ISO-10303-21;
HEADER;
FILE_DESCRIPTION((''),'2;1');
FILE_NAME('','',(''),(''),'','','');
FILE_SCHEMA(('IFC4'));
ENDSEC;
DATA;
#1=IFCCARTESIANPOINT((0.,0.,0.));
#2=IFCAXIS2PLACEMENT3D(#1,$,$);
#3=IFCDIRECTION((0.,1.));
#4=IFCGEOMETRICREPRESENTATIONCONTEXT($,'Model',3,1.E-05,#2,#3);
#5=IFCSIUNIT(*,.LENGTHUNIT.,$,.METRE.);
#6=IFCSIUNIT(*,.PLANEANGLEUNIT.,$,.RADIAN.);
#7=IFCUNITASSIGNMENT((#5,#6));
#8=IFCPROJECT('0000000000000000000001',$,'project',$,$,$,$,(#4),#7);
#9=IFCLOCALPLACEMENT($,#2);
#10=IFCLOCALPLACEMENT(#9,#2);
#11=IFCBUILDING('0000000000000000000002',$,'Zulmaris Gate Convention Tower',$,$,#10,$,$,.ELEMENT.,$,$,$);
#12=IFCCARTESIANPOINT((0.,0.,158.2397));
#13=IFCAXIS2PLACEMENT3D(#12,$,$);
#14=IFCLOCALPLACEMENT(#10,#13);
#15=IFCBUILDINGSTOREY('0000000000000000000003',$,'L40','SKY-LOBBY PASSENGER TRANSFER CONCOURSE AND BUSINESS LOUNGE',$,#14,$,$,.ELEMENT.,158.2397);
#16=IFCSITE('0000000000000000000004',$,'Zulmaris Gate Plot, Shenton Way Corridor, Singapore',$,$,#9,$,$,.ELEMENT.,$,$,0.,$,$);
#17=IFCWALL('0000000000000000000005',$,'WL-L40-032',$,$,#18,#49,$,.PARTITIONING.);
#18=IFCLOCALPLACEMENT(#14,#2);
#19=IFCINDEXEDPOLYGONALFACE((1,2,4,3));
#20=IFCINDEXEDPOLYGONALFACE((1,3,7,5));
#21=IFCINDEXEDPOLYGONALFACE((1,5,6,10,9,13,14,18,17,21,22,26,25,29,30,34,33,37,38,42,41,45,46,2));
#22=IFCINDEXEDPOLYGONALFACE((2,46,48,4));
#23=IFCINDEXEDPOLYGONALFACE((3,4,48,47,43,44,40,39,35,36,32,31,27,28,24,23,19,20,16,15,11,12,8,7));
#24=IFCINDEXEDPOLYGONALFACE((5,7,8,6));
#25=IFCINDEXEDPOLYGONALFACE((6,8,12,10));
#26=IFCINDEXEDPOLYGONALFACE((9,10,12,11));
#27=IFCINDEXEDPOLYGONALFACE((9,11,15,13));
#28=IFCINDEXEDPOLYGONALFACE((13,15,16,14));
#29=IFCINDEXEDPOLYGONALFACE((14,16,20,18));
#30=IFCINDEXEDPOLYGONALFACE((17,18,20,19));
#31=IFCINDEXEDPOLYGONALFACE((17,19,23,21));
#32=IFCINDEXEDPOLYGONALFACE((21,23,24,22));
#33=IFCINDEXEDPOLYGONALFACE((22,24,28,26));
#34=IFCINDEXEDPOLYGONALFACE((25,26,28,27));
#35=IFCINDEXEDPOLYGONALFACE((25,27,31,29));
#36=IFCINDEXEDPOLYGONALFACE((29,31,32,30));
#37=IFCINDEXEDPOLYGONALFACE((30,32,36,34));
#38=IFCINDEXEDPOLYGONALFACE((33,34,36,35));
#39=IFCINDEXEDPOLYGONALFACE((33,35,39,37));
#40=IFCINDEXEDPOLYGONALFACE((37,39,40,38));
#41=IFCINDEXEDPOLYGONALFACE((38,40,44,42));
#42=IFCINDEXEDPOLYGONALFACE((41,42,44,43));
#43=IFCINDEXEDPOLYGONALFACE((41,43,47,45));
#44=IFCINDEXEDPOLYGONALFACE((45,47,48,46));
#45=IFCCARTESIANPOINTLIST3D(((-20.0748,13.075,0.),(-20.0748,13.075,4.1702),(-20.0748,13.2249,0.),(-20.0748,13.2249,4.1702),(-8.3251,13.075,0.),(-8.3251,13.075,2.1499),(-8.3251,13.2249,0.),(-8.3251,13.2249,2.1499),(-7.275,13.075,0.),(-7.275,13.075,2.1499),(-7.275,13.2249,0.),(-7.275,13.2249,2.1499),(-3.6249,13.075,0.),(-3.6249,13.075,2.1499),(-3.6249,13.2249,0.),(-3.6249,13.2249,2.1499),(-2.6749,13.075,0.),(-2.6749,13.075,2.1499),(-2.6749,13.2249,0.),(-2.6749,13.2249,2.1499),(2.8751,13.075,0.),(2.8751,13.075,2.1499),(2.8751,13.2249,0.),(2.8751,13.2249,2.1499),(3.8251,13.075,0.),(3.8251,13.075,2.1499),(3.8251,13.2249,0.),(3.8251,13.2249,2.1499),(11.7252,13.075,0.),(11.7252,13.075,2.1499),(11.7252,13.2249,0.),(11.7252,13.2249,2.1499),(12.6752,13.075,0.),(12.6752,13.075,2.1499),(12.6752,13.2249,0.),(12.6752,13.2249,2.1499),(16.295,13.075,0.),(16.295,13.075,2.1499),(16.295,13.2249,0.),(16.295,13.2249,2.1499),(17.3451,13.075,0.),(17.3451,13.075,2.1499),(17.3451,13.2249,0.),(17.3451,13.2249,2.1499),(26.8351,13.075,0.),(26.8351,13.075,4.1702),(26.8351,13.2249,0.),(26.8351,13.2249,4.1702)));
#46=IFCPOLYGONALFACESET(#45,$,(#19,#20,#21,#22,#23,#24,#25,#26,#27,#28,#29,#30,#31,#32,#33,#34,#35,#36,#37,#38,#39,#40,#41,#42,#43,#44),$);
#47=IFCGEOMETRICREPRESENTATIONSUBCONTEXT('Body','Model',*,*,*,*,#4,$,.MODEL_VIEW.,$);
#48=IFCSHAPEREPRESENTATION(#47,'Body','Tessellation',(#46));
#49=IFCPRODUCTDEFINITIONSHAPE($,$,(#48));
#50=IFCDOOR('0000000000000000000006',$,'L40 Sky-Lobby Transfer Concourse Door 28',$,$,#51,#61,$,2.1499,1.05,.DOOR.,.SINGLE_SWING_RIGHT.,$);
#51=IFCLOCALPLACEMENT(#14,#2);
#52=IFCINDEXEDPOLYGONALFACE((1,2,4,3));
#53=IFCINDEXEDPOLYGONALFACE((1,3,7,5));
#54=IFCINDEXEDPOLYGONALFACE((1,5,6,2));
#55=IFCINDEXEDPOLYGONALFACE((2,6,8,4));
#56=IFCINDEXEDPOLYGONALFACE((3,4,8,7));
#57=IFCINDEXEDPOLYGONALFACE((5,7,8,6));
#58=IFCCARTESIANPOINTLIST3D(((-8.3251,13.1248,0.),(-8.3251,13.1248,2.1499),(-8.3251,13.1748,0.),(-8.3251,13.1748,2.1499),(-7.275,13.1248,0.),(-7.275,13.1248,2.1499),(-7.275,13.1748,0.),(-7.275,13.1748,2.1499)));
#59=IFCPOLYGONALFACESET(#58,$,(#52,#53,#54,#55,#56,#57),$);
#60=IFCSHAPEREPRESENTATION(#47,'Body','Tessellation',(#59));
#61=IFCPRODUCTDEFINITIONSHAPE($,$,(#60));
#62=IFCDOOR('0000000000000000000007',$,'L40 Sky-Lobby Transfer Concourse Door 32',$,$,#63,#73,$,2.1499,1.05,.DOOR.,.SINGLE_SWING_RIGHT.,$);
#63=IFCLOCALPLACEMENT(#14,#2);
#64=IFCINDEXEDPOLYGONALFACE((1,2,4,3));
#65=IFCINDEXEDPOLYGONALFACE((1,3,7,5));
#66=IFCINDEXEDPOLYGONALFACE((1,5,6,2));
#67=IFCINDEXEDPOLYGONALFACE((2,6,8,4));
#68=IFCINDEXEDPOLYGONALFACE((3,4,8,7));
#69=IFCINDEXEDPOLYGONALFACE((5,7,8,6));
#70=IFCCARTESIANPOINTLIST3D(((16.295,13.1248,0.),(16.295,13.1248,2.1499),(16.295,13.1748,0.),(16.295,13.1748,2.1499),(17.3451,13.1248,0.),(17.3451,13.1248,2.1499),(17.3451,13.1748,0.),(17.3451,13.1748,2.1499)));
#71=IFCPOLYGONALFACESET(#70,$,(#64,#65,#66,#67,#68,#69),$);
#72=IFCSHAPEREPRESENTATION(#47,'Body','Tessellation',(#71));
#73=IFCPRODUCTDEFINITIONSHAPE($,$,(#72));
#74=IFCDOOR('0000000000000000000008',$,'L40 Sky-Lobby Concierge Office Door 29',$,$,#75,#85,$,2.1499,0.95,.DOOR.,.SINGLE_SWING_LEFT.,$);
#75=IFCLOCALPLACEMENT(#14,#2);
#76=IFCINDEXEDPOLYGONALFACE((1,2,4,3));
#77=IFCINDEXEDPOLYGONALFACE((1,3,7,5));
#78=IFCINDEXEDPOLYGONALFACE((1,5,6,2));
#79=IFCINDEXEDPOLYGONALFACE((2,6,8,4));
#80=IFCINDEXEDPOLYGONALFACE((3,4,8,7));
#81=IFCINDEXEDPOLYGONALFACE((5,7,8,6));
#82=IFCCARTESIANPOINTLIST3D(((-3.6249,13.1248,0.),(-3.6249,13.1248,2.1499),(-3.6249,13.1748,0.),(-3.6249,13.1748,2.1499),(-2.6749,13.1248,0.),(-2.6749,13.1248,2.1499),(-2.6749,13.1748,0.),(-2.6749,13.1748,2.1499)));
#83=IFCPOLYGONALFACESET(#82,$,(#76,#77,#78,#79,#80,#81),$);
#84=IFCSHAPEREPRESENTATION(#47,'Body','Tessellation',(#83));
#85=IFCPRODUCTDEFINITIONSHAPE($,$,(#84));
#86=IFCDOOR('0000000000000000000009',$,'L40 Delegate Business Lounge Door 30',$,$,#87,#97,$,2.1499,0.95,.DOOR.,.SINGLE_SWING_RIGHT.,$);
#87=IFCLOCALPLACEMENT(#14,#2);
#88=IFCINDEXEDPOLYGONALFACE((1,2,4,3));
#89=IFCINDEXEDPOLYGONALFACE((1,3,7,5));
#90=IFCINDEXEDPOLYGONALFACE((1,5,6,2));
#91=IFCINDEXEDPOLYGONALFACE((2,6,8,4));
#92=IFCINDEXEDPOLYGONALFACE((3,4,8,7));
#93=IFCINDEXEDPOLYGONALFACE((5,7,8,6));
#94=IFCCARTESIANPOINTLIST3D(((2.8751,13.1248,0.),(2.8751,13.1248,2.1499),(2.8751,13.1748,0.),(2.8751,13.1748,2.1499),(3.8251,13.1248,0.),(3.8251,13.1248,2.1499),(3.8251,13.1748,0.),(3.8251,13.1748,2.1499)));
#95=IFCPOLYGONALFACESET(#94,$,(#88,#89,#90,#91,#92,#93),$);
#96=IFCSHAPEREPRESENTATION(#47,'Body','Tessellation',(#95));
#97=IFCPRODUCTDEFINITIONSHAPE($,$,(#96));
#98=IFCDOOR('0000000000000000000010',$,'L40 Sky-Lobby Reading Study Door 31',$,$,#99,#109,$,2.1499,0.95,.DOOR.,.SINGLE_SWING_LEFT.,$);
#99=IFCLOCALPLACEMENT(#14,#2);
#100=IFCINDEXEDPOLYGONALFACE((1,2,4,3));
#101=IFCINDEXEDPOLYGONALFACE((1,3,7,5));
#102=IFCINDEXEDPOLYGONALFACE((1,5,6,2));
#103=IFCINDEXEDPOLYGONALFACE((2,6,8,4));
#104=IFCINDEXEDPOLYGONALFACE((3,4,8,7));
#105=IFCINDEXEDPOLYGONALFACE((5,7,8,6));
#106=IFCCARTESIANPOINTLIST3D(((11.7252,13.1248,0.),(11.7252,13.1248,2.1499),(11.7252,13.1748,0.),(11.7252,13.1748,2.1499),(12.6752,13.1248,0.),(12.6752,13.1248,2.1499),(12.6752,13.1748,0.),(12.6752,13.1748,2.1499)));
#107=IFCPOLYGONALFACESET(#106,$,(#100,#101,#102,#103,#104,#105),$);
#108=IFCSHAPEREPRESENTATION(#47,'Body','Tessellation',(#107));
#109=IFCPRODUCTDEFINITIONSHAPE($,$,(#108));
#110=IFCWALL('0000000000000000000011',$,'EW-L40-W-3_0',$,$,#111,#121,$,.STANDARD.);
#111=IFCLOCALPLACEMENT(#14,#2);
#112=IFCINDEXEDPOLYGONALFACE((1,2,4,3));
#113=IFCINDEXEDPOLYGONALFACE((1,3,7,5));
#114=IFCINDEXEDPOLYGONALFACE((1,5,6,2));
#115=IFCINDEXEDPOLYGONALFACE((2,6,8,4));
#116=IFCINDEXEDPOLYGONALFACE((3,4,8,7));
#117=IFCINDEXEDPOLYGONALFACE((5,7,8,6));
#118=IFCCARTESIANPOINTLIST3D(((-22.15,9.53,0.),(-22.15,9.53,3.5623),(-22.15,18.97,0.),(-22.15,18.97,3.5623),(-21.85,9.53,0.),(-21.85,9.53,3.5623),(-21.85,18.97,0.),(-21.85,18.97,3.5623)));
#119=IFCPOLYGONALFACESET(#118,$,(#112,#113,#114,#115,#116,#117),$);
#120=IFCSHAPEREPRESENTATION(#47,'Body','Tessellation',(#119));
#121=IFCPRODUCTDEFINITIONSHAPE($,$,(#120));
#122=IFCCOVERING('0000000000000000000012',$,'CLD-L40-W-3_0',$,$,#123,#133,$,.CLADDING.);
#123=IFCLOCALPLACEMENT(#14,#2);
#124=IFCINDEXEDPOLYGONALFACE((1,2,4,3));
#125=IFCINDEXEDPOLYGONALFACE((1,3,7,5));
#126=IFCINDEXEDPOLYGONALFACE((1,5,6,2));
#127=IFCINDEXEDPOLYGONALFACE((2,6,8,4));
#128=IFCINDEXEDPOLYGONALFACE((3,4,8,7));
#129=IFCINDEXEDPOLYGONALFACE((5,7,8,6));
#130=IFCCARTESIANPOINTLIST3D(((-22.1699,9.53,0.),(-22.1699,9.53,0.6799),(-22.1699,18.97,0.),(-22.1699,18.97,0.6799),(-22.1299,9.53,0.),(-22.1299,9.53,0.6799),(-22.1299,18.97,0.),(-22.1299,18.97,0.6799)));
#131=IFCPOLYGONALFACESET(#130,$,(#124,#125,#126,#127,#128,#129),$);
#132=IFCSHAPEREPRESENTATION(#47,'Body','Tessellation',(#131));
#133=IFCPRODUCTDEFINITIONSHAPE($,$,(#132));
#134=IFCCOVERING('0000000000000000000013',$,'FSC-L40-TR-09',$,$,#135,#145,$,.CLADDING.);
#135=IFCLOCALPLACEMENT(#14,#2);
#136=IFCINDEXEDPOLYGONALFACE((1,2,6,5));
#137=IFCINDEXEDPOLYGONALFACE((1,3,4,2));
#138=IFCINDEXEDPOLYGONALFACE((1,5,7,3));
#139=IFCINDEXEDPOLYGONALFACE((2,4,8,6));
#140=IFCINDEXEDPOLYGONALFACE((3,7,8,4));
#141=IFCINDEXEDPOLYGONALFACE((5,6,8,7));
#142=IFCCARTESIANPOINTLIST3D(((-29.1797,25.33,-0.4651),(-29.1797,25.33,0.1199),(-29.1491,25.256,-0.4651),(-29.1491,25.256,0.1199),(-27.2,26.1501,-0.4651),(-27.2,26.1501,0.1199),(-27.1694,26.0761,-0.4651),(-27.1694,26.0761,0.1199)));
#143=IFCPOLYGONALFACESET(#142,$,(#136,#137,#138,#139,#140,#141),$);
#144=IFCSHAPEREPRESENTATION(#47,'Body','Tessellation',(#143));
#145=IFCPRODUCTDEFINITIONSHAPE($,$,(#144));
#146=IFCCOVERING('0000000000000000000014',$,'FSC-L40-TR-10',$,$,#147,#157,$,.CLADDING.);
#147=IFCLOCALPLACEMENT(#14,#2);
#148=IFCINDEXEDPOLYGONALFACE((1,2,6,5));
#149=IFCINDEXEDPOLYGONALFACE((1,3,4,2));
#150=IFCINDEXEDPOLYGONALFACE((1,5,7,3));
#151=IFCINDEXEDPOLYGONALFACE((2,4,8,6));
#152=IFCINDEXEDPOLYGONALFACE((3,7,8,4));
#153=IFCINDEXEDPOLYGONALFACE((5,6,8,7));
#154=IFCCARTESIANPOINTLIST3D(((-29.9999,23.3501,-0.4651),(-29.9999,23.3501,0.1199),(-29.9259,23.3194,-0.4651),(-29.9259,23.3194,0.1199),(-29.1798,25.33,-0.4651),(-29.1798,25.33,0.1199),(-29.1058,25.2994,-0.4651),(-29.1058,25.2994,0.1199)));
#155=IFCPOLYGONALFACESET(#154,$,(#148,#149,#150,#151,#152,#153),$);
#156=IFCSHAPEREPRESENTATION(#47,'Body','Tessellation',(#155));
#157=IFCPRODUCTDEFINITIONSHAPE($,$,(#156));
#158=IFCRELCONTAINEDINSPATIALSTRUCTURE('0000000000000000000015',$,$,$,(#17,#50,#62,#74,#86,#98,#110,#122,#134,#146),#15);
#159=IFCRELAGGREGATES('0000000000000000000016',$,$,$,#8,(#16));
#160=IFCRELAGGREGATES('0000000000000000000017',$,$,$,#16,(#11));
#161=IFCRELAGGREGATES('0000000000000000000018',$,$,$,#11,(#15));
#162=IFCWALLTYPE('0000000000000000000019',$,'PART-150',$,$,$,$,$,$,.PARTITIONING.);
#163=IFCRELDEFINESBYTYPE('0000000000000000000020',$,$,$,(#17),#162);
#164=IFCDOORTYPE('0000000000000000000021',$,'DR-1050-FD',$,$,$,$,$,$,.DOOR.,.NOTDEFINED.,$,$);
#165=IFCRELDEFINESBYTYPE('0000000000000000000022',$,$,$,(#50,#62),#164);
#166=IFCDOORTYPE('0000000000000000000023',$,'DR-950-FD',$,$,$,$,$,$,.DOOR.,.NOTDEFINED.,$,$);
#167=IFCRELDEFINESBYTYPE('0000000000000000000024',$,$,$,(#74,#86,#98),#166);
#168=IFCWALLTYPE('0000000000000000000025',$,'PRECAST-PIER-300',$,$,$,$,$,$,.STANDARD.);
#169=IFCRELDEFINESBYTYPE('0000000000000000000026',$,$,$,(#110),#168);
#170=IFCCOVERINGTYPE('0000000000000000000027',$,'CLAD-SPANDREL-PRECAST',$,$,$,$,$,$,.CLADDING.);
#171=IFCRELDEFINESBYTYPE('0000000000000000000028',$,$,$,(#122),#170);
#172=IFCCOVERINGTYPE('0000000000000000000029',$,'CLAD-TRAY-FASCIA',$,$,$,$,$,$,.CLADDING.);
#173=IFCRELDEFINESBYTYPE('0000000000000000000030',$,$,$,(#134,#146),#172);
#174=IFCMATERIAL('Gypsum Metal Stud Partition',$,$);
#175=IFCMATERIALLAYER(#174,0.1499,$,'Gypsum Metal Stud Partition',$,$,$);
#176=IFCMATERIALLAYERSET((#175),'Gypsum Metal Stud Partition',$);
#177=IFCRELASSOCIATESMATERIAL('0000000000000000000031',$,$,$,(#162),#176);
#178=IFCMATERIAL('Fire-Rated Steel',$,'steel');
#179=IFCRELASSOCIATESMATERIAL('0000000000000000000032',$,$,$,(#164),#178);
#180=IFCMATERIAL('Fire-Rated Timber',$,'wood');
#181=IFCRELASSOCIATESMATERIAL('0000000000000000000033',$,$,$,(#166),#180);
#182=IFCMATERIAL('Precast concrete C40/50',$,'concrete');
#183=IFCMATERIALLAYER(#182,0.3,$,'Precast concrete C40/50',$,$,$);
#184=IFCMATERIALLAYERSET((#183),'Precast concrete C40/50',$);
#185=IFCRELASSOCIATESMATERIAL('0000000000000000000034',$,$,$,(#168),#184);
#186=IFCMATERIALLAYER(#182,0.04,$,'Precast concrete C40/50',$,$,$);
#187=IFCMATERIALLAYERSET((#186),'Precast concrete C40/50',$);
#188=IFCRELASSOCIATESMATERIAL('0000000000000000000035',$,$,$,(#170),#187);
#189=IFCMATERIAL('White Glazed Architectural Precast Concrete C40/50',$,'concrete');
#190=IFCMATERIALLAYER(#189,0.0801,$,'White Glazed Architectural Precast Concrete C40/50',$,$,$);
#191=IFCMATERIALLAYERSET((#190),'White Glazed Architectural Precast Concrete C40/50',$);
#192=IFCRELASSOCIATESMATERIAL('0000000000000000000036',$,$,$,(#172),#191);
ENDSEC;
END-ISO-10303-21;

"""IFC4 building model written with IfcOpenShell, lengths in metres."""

from ifc_helpers import new_model, si_unit, direction, frame, frame_2d, origin, place, context, subcontext, project, spatial, rectangle, extrude, material, layer, layer_set, type_object, element, fill, save


model = new_model("IFC4")

# Units and contexts
model_context = context("Model", 3, precision=1e-05, world=origin(), true_north=direction((0.0, 1.0)))
body_context = subcontext(model_context, "Body", "Model", "MODEL_VIEW")
ifc_project = project(units=[si_unit("LENGTHUNIT", "METRE"), si_unit("PLANEANGLEUNIT", "RADIAN")], contexts=[model_context])

# Site, building, storey
site_placement = place(None, origin())
site = spatial("IfcSite", under=ifc_project, at=site_placement, Name="Zulmaris Gate Plot, Shenton Way Corridor, Singapore", CompositionType="ELEMENT", RefElevation=0.0)
building_placement = place(site_placement, origin())
building = spatial("IfcBuilding", under=site, at=building_placement, Name="Zulmaris Gate Convention Tower", CompositionType="ELEMENT")
storey_placement = place(building_placement, frame((0.0, 0.0, 158.2397)))
storey = spatial("IfcBuildingStorey", under=building, at=storey_placement, Name="L40", Description="SKY-LOBBY PASSENGER TRANSFER CONCOURSE AND BUSINESS LOUNGE", CompositionType="ELEMENT", Elevation=158.2397)

# Wall, openings, doors
ifc_material_1 = material(Name="Gypsum Metal Stud Partition")
ifc_layer_1 = layer(ifc_material_1, 0.1499, Name="Gypsum Metal Stud Partition")
ifc_layer_set_1 = layer_set([ifc_layer_1], Name="Gypsum Metal Stud Partition")
wall_type_1 = type_object("IfcWallType", Name="PART-150", PredefinedType="PARTITIONING", material=ifc_layer_set_1)
wall_1_placement = place(storey_placement, frame((-20.075, 13.1499, 0.0), z_axis=(0.0, 0.0, 1.0), x_axis=(1.0, 0.0, 0.0)))
wall_1 = element("IfcWall", 1, at=wall_1_placement, inside=storey, type_object=wall_type_1, Name="WL-L40-032", PredefinedType="PARTITIONING", context=body_context, shape_type="SweptSolid", body=[
    extrude(rectangle(XDim=46.9099, YDim=0.1499, at=frame_2d((23.4551, 0.0))), origin(), (0.0, 0.0, 1.0), 4.1702),
])
opening_1_placement = place(wall_1_placement, frame((11.75, 0.0, 0.0)))
opening_1 = element("IfcOpeningElement", 2, at=opening_1_placement, cuts=wall_1, PredefinedType="OPENING", context=body_context, shape_type="SweptSolid", body=[
    extrude(rectangle(XDim=1.05, YDim=2.1499, at=frame_2d((0.5249, 1.075))), frame((0.0, 0.085, 0.0), z_axis=(0.0, -1.0, 0.0), x_axis=(1.0, 0.0, 0.0)), (0.0, 0.0, 1.0), 0.1699),
])
opening_2_placement = place(wall_1_placement, frame((16.45, 0.0, 0.0)))
opening_2 = element("IfcOpeningElement", 3, at=opening_2_placement, cuts=wall_1, PredefinedType="OPENING", context=body_context, shape_type="SweptSolid", body=[
    extrude(rectangle(XDim=0.95, YDim=2.1499, at=frame_2d((0.4751, 1.075))), frame((0.0, 0.085, 0.0), z_axis=(0.0, -1.0, 0.0), x_axis=(1.0, 0.0, 0.0)), (0.0, 0.0, 1.0), 0.1699),
])
opening_3_placement = place(wall_1_placement, frame((22.95, 0.0, 0.0)))
opening_3 = element("IfcOpeningElement", 4, at=opening_3_placement, cuts=wall_1, PredefinedType="OPENING", context=body_context, shape_type="SweptSolid", body=[
    extrude(rectangle(XDim=0.95, YDim=2.1499, at=frame_2d((0.4751, 1.075))), frame((0.0, 0.085, 0.0), z_axis=(0.0, -1.0, 0.0), x_axis=(1.0, 0.0, 0.0)), (0.0, 0.0, 1.0), 0.1699),
])
opening_4_placement = place(wall_1_placement, frame((31.8, 0.0, 0.0)))
opening_4 = element("IfcOpeningElement", 5, at=opening_4_placement, cuts=wall_1, PredefinedType="OPENING", context=body_context, shape_type="SweptSolid", body=[
    extrude(rectangle(XDim=0.95, YDim=2.1499, at=frame_2d((0.4751, 1.075))), frame((0.0, 0.085, 0.0), z_axis=(0.0, -1.0, 0.0), x_axis=(1.0, 0.0, 0.0)), (0.0, 0.0, 1.0), 0.1699),
])
opening_5_placement = place(wall_1_placement, frame((36.3701, 0.0, 0.0)))
opening_5 = element("IfcOpeningElement", 6, at=opening_5_placement, cuts=wall_1, PredefinedType="OPENING", context=body_context, shape_type="SweptSolid", body=[
    extrude(rectangle(XDim=1.05, YDim=2.1499, at=frame_2d((0.5249, 1.075))), frame((0.0, 0.085, 0.0), z_axis=(0.0, -1.0, 0.0), x_axis=(1.0, 0.0, 0.0)), (0.0, 0.0, 1.0), 0.1699),
])
ifc_material_2 = material(Name="Fire-Rated Steel", Category="steel")
door_type_1 = type_object("IfcDoorType", Name="DR-1050-FD", OperationType="NOTDEFINED", PredefinedType="DOOR", material=ifc_material_2)
door_1_placement = place(opening_1_placement, origin())
door_1 = element("IfcDoor", 7, at=door_1_placement, inside=storey, type_object=door_type_1, Name="L40 Sky-Lobby Transfer Concourse Door 28", OperationType="SINGLE_SWING_RIGHT", OverallHeight=2.1499, OverallWidth=1.05, PredefinedType="DOOR", context=body_context, shape_type="SweptSolid", body=[
    extrude(rectangle(XDim=1.05, YDim=2.1499, at=frame_2d((0.5249, 1.075))), frame((0.0, 0.0249, 0.0), z_axis=(0.0, -1.0, 0.0), x_axis=(1.0, 0.0, 0.0)), (0.0, 0.0, 1.0), 0.05),
])
fill(opening_1, door_1)
door_2_placement = place(opening_5_placement, origin())
door_2 = element("IfcDoor", 8, at=door_2_placement, inside=storey, type_object=door_type_1, Name="L40 Sky-Lobby Transfer Concourse Door 32", OperationType="SINGLE_SWING_RIGHT", OverallHeight=2.1499, OverallWidth=1.05, PredefinedType="DOOR", context=body_context, shape_type="SweptSolid", body=[
    extrude(rectangle(XDim=1.05, YDim=2.1499, at=frame_2d((0.5249, 1.075))), frame((0.0, 0.0249, 0.0), z_axis=(0.0, -1.0, 0.0), x_axis=(1.0, 0.0, 0.0)), (0.0, 0.0, 1.0), 0.05),
])
fill(opening_5, door_2)
ifc_material_3 = material(Name="Fire-Rated Timber", Category="wood")
door_type_2 = type_object("IfcDoorType", Name="DR-950-FD", OperationType="NOTDEFINED", PredefinedType="DOOR", material=ifc_material_3)
door_3_placement = place(opening_2_placement, origin())
door_3 = element("IfcDoor", 9, at=door_3_placement, inside=storey, type_object=door_type_2, Name="L40 Sky-Lobby Concierge Office Door 29", OperationType="SINGLE_SWING_LEFT", OverallHeight=2.1499, OverallWidth=0.95, PredefinedType="DOOR", context=body_context, shape_type="SweptSolid", body=[
    extrude(rectangle(XDim=0.95, YDim=2.1499, at=frame_2d((0.4751, 1.075))), frame((0.0, 0.0249, 0.0), z_axis=(0.0, -1.0, 0.0), x_axis=(1.0, 0.0, 0.0)), (0.0, 0.0, 1.0), 0.05),
])
fill(opening_2, door_3)
door_4_placement = place(opening_3_placement, origin())
door_4 = element("IfcDoor", 10, at=door_4_placement, inside=storey, type_object=door_type_2, Name="L40 Delegate Business Lounge Door 30", OperationType="SINGLE_SWING_RIGHT", OverallHeight=2.1499, OverallWidth=0.95, PredefinedType="DOOR", context=body_context, shape_type="SweptSolid", body=[
    extrude(rectangle(XDim=0.95, YDim=2.1499, at=frame_2d((0.4751, 1.075))), frame((0.0, 0.0249, 0.0), z_axis=(0.0, -1.0, 0.0), x_axis=(1.0, 0.0, 0.0)), (0.0, 0.0, 1.0), 0.05),
])
fill(opening_3, door_4)
door_5_placement = place(opening_4_placement, origin())
door_5 = element("IfcDoor", 11, at=door_5_placement, inside=storey, type_object=door_type_2, Name="L40 Sky-Lobby Reading Study Door 31", OperationType="SINGLE_SWING_LEFT", OverallHeight=2.1499, OverallWidth=0.95, PredefinedType="DOOR", context=body_context, shape_type="SweptSolid", body=[
    extrude(rectangle(XDim=0.95, YDim=2.1499, at=frame_2d((0.4751, 1.075))), frame((0.0, 0.0249, 0.0), z_axis=(0.0, -1.0, 0.0), x_axis=(1.0, 0.0, 0.0)), (0.0, 0.0, 1.0), 0.05),
])
fill(opening_4, door_5)

# Wall
ifc_material_4 = material(Name="Precast concrete C40/50", Category="concrete")
ifc_layer_2 = layer(ifc_material_4, 0.3, Name="Precast concrete C40/50")
ifc_layer_set_2 = layer_set([ifc_layer_2], Name="Precast concrete C40/50")
wall_type_2 = type_object("IfcWallType", Name="PRECAST-PIER-300", PredefinedType="STANDARD", material=ifc_layer_set_2)
wall_2_placement = place(storey_placement, frame((-22.0, 18.97, 0.0), z_axis=(0.0, 0.0, 1.0), x_axis=(0.0, -1.0, 0.0)))
element("IfcWall", 12, at=wall_2_placement, inside=storey, type_object=wall_type_2, Name="EW-L40-W-3_0", PredefinedType="STANDARD", context=body_context, shape_type="SweptSolid", body=[
    extrude(rectangle(XDim=9.4399, YDim=0.3, at=frame_2d((4.72, 0.0))), origin(), (0.0, 0.0, 1.0), 3.5623),
])

# Coverings
ifc_layer_3 = layer(ifc_material_4, 0.04, Name="Precast concrete C40/50")
ifc_layer_set_3 = layer_set([ifc_layer_3], Name="Precast concrete C40/50")
covering_type_1 = type_object("IfcCoveringType", Name="CLAD-SPANDREL-PRECAST", PredefinedType="CLADDING", material=ifc_layer_set_3)
covering_1_placement = place(storey_placement, frame((-22.1499, 18.97, 0.0), z_axis=(0.0, 0.0, 1.0), x_axis=(0.0, -1.0, 0.0)))
element("IfcCovering", 13, at=covering_1_placement, inside=storey, type_object=covering_type_1, Name="CLD-L40-W-3_0", PredefinedType="CLADDING", context=body_context, shape_type="SweptSolid", body=[
    extrude(rectangle(XDim=9.4399, YDim=0.04, at=frame_2d((4.72, 0.0))), origin(), (0.0, 0.0, 1.0), 0.6799),
])
ifc_material_5 = material(Name="White Glazed Architectural Precast Concrete C40/50", Category="concrete")
ifc_layer_4 = layer(ifc_material_5, 0.0801, Name="White Glazed Architectural Precast Concrete C40/50")
ifc_layer_set_4 = layer_set([ifc_layer_4], Name="White Glazed Architectural Precast Concrete C40/50")
covering_type_2 = type_object("IfcCoveringType", Name="CLAD-TRAY-FASCIA", PredefinedType="CLADDING", material=ifc_layer_set_4)
covering_2_placement = place(storey_placement, frame((-27.1848, 26.113, -0.4651), z_axis=(0.0, 0.0, 1.0), x_axis=(-0.923874, -0.382697, 0.0)))
element("IfcCovering", 14, at=covering_2_placement, inside=storey, type_object=covering_type_2, Name="FSC-L40-TR-09", PredefinedType="CLADDING", context=body_context, shape_type="SweptSolid", body=[
    extrude(rectangle(XDim=2.1428, YDim=0.0801, at=frame_2d((1.0713, 0.0))), origin(), (0.0, 0.0, 1.0), 0.585),
])
covering_3_placement = place(storey_placement, frame((-29.1428, 25.3147, -0.4651), z_axis=(0.0, 0.0, 1.0), x_axis=(-0.382657, -0.92389, 0.0)))
element("IfcCovering", 15, at=covering_3_placement, inside=storey, type_object=covering_type_2, Name="FSC-L40-TR-10", PredefinedType="CLADDING", context=body_context, shape_type="SweptSolid", body=[
    extrude(rectangle(XDim=2.1431, YDim=0.0801, at=frame_2d((1.0715, 0.0))), origin(), (0.0, 0.0, 1.0), 0.585),
])

save(model, "model.ifc")
